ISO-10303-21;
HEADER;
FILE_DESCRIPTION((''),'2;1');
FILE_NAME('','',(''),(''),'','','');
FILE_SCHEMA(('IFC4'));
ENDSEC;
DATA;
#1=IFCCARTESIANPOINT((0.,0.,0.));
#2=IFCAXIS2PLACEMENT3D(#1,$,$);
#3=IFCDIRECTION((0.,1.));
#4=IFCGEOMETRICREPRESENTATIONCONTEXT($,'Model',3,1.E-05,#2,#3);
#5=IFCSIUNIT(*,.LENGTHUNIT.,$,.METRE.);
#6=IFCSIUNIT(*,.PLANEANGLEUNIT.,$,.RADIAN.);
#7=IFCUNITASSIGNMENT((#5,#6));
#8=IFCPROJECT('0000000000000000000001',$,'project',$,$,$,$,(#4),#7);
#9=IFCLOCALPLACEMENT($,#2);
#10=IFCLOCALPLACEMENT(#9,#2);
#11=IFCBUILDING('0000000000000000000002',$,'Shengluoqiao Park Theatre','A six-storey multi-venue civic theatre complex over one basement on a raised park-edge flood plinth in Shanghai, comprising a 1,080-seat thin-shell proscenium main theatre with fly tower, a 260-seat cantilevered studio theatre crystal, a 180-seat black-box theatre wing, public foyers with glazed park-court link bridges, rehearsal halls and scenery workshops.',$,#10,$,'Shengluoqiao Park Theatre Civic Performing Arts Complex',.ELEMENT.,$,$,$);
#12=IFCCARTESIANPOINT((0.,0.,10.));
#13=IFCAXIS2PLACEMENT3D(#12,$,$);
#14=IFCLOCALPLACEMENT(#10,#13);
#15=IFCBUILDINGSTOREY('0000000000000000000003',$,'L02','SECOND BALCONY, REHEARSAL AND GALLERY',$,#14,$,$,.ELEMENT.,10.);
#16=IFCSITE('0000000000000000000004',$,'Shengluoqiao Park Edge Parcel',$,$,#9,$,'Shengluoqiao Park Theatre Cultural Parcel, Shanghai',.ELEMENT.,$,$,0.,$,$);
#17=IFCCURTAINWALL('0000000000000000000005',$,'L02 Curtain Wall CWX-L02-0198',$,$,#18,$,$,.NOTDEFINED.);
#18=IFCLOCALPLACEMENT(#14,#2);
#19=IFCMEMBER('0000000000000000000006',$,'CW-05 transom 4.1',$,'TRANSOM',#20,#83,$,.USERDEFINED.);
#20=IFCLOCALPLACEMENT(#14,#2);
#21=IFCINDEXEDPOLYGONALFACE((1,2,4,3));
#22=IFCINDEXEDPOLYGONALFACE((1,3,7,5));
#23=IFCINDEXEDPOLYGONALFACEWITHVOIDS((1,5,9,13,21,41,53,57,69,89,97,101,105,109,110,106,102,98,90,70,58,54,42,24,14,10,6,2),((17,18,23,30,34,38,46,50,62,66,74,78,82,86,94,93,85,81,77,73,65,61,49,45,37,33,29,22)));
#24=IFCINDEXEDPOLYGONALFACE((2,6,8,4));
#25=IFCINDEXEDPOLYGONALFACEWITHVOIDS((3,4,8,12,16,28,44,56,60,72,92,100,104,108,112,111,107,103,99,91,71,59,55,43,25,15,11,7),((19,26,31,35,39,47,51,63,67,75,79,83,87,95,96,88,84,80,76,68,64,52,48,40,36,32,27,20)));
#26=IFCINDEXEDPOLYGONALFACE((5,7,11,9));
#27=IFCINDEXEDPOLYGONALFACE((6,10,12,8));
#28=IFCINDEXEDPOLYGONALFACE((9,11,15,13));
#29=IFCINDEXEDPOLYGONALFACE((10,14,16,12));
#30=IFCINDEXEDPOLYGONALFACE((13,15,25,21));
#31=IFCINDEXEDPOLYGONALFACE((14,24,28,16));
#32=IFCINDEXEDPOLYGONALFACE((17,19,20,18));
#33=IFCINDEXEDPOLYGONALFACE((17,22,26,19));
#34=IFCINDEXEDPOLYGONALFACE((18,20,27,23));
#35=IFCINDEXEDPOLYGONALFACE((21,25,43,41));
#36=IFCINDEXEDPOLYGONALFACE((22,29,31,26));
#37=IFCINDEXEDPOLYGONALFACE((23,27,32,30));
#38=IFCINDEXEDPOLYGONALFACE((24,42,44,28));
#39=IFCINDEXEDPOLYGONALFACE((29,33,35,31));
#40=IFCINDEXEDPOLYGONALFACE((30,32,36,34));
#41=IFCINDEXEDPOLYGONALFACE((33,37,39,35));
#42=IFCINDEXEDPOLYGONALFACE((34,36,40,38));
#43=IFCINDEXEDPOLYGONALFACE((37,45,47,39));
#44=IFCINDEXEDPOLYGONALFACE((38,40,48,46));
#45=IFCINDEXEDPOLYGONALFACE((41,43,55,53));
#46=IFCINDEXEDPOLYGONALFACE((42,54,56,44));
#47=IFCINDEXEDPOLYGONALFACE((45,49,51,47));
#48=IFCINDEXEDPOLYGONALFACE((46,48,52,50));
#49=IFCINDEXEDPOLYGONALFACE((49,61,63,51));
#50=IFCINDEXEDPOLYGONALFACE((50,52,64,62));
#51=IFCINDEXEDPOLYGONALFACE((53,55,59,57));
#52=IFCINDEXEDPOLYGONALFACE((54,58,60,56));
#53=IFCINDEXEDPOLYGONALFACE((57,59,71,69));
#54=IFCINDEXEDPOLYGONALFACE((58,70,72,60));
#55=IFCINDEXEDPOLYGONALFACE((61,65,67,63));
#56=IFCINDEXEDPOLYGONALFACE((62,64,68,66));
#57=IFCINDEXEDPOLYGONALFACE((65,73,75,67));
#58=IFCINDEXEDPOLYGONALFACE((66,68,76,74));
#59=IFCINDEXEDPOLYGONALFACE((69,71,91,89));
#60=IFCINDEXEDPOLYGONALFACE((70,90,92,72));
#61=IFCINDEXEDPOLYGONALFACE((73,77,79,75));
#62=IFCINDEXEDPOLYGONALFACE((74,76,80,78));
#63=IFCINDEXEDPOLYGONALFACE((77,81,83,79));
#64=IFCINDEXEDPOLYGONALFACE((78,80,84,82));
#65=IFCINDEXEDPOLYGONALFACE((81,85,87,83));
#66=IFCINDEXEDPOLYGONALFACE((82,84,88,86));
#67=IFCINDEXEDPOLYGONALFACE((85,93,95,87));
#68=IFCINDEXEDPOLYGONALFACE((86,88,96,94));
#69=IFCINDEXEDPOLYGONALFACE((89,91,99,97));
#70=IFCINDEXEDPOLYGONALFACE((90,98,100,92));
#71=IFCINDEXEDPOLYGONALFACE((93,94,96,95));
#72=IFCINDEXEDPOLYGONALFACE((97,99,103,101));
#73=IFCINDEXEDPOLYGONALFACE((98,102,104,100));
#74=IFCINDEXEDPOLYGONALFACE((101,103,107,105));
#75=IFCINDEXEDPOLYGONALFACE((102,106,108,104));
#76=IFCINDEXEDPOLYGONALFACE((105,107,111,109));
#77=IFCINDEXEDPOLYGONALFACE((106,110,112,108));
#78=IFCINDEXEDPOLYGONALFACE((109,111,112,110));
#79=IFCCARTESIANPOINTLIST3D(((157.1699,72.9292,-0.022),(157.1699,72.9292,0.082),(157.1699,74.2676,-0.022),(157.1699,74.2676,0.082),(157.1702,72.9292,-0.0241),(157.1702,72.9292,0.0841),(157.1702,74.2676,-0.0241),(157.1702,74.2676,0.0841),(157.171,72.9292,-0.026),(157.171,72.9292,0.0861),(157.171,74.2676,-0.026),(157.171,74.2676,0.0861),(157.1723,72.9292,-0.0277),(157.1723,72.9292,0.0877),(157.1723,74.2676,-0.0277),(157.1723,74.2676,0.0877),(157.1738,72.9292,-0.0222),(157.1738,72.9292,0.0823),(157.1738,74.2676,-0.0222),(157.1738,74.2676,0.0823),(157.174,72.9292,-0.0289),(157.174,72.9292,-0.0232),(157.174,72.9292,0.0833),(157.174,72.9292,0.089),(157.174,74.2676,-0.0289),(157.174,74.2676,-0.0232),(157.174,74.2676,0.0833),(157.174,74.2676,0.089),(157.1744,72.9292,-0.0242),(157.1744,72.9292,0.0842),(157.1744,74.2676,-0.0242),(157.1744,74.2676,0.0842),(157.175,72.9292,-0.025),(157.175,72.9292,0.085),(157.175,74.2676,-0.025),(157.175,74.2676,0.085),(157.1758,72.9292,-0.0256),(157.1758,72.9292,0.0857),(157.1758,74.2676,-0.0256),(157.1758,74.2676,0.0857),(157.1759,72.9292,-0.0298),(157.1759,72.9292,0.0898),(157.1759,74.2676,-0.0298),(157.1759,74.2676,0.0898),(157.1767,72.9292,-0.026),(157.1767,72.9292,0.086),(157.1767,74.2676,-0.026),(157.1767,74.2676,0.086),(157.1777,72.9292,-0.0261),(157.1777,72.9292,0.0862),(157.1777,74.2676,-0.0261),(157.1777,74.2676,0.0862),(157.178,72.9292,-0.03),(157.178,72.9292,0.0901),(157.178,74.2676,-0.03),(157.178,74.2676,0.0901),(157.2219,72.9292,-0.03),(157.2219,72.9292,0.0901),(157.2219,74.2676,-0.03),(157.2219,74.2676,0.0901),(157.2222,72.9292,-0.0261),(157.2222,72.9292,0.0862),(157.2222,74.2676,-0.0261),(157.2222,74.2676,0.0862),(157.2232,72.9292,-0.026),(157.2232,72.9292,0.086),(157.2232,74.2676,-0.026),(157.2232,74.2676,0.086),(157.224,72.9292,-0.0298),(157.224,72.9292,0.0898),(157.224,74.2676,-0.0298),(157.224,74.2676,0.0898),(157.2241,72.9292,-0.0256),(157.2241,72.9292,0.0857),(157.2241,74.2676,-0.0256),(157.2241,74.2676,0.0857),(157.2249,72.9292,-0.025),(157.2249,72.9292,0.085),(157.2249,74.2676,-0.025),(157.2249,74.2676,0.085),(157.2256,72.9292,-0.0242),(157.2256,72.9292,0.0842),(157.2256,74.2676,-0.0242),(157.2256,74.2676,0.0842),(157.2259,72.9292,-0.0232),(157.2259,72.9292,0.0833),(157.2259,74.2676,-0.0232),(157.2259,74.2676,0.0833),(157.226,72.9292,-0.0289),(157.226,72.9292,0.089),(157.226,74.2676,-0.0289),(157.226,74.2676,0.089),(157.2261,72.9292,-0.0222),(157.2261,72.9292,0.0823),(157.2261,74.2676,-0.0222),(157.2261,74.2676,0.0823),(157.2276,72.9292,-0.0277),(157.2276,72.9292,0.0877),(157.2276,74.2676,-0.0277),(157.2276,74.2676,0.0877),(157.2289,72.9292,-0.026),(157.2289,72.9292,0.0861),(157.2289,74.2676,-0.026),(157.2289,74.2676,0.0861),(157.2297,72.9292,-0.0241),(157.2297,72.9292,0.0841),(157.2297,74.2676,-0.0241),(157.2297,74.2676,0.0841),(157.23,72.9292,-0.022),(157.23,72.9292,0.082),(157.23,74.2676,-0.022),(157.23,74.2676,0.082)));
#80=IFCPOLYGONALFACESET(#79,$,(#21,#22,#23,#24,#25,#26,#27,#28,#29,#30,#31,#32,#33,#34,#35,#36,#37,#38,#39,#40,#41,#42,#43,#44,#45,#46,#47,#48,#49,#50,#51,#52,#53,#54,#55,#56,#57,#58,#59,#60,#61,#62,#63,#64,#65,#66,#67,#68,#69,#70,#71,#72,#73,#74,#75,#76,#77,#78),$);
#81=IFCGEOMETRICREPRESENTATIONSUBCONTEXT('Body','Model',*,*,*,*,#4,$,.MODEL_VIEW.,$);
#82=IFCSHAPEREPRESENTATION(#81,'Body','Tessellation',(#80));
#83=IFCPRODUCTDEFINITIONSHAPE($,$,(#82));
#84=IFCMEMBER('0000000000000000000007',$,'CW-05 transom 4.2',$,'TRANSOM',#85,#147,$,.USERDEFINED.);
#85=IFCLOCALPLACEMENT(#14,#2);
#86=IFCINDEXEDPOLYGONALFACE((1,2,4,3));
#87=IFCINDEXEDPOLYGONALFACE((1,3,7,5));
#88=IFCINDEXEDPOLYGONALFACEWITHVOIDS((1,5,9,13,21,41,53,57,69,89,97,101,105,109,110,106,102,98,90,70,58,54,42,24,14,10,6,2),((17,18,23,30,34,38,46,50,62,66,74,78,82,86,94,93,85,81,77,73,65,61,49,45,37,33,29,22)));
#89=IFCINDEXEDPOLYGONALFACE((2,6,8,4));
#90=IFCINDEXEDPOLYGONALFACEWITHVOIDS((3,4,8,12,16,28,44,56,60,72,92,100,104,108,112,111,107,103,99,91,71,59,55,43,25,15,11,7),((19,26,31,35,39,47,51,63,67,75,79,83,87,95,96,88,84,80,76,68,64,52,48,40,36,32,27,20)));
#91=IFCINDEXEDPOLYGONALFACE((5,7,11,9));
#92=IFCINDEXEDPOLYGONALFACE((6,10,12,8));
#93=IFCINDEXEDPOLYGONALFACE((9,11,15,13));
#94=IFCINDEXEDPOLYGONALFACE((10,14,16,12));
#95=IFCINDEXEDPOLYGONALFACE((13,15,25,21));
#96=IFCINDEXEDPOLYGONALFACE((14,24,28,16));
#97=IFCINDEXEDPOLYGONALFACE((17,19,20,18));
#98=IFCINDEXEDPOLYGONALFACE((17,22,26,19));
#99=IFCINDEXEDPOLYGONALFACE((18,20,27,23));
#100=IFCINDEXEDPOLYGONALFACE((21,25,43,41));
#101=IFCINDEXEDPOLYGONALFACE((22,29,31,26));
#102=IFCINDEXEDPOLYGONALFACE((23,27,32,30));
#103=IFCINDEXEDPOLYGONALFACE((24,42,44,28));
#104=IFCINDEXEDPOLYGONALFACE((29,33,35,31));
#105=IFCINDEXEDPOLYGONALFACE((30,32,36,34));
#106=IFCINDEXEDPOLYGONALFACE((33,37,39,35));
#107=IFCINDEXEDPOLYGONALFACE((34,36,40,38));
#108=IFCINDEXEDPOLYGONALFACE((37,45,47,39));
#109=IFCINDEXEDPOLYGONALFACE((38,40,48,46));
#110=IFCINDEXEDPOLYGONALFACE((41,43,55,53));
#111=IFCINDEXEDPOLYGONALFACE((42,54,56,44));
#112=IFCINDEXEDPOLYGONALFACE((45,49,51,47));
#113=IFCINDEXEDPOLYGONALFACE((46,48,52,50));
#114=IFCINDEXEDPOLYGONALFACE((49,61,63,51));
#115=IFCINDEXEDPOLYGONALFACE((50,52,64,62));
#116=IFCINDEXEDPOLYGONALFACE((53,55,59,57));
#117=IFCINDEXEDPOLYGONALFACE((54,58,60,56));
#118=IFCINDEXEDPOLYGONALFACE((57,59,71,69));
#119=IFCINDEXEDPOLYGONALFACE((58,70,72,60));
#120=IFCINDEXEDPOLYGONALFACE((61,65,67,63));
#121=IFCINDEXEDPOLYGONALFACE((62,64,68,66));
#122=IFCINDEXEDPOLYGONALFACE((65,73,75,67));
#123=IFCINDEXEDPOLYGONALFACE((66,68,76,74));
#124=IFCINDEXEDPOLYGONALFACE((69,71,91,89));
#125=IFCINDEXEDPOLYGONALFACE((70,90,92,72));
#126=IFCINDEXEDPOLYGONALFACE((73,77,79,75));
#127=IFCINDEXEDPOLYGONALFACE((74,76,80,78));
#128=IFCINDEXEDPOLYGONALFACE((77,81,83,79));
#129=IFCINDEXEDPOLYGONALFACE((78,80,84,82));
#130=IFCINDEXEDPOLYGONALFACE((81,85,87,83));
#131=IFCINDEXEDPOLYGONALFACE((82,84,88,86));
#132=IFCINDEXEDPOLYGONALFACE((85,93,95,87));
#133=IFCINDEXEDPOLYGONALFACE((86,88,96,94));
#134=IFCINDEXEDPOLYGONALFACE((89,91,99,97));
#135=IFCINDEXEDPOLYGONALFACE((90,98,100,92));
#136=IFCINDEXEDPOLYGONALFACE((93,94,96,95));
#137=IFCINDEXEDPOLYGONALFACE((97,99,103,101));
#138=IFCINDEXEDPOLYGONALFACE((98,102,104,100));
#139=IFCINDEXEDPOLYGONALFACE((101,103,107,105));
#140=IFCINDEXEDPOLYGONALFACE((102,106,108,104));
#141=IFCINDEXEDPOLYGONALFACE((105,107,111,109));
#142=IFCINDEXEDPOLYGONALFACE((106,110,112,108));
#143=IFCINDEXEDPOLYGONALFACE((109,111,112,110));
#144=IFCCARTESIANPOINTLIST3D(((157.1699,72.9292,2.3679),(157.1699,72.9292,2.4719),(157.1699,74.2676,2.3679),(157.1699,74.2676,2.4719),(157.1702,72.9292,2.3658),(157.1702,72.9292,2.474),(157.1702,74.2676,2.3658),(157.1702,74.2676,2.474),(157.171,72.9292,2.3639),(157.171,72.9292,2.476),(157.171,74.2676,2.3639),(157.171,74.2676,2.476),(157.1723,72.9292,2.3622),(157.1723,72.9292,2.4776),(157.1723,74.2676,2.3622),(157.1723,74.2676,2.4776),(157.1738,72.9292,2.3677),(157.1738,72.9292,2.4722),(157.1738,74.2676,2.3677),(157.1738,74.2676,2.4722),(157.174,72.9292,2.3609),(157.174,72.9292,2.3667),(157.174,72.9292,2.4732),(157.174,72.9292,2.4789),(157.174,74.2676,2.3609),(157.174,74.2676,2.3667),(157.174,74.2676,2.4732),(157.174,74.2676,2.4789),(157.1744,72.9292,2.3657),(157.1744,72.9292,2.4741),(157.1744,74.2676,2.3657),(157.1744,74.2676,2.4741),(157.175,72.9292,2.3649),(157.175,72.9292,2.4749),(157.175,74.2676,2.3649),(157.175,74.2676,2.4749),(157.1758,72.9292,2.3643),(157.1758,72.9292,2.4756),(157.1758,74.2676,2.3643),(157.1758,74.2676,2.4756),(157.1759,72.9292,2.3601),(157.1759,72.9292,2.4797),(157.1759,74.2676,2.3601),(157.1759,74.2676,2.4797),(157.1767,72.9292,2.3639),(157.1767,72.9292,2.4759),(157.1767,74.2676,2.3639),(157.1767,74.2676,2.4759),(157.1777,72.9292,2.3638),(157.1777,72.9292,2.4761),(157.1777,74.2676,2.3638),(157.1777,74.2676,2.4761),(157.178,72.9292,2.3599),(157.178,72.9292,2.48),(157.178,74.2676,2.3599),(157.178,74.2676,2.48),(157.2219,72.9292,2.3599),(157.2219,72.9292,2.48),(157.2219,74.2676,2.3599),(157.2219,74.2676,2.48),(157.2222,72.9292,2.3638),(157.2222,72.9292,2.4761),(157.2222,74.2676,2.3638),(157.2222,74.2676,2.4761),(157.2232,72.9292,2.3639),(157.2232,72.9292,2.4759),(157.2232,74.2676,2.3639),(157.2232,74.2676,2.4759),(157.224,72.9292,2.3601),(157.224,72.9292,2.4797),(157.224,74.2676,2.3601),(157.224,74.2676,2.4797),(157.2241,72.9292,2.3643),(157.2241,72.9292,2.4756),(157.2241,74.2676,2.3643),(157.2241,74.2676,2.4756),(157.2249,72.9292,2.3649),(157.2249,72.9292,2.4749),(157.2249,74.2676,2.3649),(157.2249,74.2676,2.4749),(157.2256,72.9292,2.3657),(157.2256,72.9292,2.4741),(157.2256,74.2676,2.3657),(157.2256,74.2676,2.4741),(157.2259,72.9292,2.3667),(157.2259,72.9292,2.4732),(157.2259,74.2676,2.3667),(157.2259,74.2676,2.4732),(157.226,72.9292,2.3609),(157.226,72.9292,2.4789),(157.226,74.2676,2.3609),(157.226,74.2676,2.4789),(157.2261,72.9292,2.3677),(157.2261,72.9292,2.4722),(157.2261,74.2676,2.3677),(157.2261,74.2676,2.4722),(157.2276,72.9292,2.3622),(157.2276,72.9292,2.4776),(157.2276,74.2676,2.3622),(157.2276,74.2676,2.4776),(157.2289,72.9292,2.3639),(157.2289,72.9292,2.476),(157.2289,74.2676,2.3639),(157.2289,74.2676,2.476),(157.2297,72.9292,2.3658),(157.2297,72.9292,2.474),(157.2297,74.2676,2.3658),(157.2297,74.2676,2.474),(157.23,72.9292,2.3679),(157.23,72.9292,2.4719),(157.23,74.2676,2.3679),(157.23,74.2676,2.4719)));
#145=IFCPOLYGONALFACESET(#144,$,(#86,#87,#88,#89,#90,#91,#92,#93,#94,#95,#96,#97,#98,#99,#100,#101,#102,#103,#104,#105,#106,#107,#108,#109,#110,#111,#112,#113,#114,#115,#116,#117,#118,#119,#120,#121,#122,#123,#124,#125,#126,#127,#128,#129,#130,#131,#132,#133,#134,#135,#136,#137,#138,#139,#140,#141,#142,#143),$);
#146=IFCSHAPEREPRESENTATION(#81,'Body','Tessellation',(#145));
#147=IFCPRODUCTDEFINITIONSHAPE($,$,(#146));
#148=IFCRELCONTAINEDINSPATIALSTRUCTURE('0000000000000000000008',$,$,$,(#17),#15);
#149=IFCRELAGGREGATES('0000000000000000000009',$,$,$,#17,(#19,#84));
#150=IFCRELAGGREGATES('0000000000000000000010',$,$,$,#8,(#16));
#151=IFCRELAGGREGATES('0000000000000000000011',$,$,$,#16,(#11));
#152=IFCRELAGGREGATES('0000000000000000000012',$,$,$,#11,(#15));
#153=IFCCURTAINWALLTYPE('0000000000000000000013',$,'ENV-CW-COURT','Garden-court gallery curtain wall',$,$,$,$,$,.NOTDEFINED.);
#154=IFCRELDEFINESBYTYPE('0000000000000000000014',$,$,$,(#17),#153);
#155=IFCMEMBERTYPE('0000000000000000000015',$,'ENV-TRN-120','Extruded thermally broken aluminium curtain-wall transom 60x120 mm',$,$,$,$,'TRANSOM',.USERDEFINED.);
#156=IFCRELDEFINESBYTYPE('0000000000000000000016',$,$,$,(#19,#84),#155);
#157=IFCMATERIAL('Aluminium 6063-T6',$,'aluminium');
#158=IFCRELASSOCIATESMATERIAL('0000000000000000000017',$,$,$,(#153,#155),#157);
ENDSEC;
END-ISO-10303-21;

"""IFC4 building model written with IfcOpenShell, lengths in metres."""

from ifc_helpers import new_model, si_unit, direction, frame, origin, origin_2d, place, context, subcontext, project, spatial, hollow_rectangle, extrude, material, material_profile, profile_set, type_object, element, aggregate, save


model = new_model("IFC4")

# Units and contexts
model_context = context("Model", 3, precision=1e-05, world=origin(), true_north=direction((0.0, 1.0)))
body_context = subcontext(model_context, "Body", "Model", "MODEL_VIEW")
ifc_project = project(units=[si_unit("LENGTHUNIT", "METRE"), si_unit("PLANEANGLEUNIT", "RADIAN")], contexts=[model_context])

# Site, building, storey
site_placement = place(None, origin())
site = spatial("IfcSite", under=ifc_project, at=site_placement, Name="Shengluoqiao Park Edge Parcel", LongName="Shengluoqiao Park Theatre Cultural Parcel, Shanghai", CompositionType="ELEMENT", RefElevation=0.0)
building_placement = place(site_placement, origin())
building = spatial("IfcBuilding", under=site, at=building_placement, Name="Shengluoqiao Park Theatre", Description="A six-storey multi-venue civic theatre complex over one basement on a raised park-edge flood plinth in Shanghai, comprising a 1,080-seat thin-shell proscenium main theatre with fly tower, a 260-seat cantilevered studio theatre crystal, a 180-seat black-box theatre wing, public foyers with glazed park-court link bridges, rehearsal halls and scenery workshops.", LongName="Shengluoqiao Park Theatre Civic Performing Arts Complex", CompositionType="ELEMENT")
storey_placement = place(building_placement, frame((0.0, 0.0, 10.0)))
storey = spatial("IfcBuildingStorey", under=building, at=storey_placement, Name="L02", Description="SECOND BALCONY, REHEARSAL AND GALLERY", CompositionType="ELEMENT", Elevation=10.0)

# Curtain wall, members
ifc_material_1 = material(Name="Aluminium 6063-T6", Category="aluminium")
curtain_wall_type = type_object("IfcCurtainWallType", Name="ENV-CW-COURT", Description="Garden-court gallery curtain wall", PredefinedType="NOTDEFINED", material=ifc_material_1)
curtain_wall_placement = place(storey_placement, origin())
curtain_wall = element("IfcCurtainWall", 1, at=curtain_wall_placement, inside=storey, type_object=curtain_wall_type, Name="L02 Curtain Wall CWX-L02-0198", PredefinedType="NOTDEFINED")
ifc_material_profile_1 = material_profile(ifc_material_1, hollow_rectangle(XDim=0.0601, YDim=0.1201, WallThickness=0.0039, InnerFilletRadius=0.0039, OuterFilletRadius=0.0081, at=origin_2d()), Name="ALU TRANSOM 120x60x4")
ifc_profile_set_1 = profile_set([ifc_material_profile_1], Name="Aluminium 6063-T6")
member_type_1 = type_object("IfcMemberType", Name="ENV-TRN-120", Description="Extruded thermally broken aluminium curtain-wall transom 60x120 mm", ElementType="TRANSOM", PredefinedType="USERDEFINED", material=ifc_profile_set_1)
member_1_placement = place(storey_placement, frame((157.2, 72.9292, 0.03), z_axis=(0.0, 1.0, 0.0), x_axis=(-1.0, 0.0, 0.0)))
member_1 = element("IfcMember", 2, at=member_1_placement, type_object=member_type_1, Name="CW-05 transom 4.1", ObjectType="TRANSOM", PredefinedType="USERDEFINED", context=body_context, shape_type="SweptSolid", body=[
    extrude(hollow_rectangle(XDim=0.0601, YDim=0.1201, WallThickness=0.0039, InnerFilletRadius=0.0039, OuterFilletRadius=0.0081, at=origin_2d()), origin(), (0.0, 0.0, 1.0), 1.3384),
])
member_2_placement = place(storey_placement, frame((157.2, 72.9292, 2.4199), z_axis=(0.0, 1.0, 0.0), x_axis=(-1.0, 0.0, 0.0)))
member_2 = element("IfcMember", 3, at=member_2_placement, type_object=member_type_1, Name="CW-05 transom 4.2", ObjectType="TRANSOM", PredefinedType="USERDEFINED", context=body_context, shape_type="SweptSolid", body=[
    extrude(hollow_rectangle(XDim=0.0601, YDim=0.1201, WallThickness=0.0039, InnerFilletRadius=0.0039, OuterFilletRadius=0.0081, at=origin_2d()), origin(), (0.0, 0.0, 1.0), 1.3384),
])

aggregate(curtain_wall, [member_1, member_2])

save(model, "model.ifc")
